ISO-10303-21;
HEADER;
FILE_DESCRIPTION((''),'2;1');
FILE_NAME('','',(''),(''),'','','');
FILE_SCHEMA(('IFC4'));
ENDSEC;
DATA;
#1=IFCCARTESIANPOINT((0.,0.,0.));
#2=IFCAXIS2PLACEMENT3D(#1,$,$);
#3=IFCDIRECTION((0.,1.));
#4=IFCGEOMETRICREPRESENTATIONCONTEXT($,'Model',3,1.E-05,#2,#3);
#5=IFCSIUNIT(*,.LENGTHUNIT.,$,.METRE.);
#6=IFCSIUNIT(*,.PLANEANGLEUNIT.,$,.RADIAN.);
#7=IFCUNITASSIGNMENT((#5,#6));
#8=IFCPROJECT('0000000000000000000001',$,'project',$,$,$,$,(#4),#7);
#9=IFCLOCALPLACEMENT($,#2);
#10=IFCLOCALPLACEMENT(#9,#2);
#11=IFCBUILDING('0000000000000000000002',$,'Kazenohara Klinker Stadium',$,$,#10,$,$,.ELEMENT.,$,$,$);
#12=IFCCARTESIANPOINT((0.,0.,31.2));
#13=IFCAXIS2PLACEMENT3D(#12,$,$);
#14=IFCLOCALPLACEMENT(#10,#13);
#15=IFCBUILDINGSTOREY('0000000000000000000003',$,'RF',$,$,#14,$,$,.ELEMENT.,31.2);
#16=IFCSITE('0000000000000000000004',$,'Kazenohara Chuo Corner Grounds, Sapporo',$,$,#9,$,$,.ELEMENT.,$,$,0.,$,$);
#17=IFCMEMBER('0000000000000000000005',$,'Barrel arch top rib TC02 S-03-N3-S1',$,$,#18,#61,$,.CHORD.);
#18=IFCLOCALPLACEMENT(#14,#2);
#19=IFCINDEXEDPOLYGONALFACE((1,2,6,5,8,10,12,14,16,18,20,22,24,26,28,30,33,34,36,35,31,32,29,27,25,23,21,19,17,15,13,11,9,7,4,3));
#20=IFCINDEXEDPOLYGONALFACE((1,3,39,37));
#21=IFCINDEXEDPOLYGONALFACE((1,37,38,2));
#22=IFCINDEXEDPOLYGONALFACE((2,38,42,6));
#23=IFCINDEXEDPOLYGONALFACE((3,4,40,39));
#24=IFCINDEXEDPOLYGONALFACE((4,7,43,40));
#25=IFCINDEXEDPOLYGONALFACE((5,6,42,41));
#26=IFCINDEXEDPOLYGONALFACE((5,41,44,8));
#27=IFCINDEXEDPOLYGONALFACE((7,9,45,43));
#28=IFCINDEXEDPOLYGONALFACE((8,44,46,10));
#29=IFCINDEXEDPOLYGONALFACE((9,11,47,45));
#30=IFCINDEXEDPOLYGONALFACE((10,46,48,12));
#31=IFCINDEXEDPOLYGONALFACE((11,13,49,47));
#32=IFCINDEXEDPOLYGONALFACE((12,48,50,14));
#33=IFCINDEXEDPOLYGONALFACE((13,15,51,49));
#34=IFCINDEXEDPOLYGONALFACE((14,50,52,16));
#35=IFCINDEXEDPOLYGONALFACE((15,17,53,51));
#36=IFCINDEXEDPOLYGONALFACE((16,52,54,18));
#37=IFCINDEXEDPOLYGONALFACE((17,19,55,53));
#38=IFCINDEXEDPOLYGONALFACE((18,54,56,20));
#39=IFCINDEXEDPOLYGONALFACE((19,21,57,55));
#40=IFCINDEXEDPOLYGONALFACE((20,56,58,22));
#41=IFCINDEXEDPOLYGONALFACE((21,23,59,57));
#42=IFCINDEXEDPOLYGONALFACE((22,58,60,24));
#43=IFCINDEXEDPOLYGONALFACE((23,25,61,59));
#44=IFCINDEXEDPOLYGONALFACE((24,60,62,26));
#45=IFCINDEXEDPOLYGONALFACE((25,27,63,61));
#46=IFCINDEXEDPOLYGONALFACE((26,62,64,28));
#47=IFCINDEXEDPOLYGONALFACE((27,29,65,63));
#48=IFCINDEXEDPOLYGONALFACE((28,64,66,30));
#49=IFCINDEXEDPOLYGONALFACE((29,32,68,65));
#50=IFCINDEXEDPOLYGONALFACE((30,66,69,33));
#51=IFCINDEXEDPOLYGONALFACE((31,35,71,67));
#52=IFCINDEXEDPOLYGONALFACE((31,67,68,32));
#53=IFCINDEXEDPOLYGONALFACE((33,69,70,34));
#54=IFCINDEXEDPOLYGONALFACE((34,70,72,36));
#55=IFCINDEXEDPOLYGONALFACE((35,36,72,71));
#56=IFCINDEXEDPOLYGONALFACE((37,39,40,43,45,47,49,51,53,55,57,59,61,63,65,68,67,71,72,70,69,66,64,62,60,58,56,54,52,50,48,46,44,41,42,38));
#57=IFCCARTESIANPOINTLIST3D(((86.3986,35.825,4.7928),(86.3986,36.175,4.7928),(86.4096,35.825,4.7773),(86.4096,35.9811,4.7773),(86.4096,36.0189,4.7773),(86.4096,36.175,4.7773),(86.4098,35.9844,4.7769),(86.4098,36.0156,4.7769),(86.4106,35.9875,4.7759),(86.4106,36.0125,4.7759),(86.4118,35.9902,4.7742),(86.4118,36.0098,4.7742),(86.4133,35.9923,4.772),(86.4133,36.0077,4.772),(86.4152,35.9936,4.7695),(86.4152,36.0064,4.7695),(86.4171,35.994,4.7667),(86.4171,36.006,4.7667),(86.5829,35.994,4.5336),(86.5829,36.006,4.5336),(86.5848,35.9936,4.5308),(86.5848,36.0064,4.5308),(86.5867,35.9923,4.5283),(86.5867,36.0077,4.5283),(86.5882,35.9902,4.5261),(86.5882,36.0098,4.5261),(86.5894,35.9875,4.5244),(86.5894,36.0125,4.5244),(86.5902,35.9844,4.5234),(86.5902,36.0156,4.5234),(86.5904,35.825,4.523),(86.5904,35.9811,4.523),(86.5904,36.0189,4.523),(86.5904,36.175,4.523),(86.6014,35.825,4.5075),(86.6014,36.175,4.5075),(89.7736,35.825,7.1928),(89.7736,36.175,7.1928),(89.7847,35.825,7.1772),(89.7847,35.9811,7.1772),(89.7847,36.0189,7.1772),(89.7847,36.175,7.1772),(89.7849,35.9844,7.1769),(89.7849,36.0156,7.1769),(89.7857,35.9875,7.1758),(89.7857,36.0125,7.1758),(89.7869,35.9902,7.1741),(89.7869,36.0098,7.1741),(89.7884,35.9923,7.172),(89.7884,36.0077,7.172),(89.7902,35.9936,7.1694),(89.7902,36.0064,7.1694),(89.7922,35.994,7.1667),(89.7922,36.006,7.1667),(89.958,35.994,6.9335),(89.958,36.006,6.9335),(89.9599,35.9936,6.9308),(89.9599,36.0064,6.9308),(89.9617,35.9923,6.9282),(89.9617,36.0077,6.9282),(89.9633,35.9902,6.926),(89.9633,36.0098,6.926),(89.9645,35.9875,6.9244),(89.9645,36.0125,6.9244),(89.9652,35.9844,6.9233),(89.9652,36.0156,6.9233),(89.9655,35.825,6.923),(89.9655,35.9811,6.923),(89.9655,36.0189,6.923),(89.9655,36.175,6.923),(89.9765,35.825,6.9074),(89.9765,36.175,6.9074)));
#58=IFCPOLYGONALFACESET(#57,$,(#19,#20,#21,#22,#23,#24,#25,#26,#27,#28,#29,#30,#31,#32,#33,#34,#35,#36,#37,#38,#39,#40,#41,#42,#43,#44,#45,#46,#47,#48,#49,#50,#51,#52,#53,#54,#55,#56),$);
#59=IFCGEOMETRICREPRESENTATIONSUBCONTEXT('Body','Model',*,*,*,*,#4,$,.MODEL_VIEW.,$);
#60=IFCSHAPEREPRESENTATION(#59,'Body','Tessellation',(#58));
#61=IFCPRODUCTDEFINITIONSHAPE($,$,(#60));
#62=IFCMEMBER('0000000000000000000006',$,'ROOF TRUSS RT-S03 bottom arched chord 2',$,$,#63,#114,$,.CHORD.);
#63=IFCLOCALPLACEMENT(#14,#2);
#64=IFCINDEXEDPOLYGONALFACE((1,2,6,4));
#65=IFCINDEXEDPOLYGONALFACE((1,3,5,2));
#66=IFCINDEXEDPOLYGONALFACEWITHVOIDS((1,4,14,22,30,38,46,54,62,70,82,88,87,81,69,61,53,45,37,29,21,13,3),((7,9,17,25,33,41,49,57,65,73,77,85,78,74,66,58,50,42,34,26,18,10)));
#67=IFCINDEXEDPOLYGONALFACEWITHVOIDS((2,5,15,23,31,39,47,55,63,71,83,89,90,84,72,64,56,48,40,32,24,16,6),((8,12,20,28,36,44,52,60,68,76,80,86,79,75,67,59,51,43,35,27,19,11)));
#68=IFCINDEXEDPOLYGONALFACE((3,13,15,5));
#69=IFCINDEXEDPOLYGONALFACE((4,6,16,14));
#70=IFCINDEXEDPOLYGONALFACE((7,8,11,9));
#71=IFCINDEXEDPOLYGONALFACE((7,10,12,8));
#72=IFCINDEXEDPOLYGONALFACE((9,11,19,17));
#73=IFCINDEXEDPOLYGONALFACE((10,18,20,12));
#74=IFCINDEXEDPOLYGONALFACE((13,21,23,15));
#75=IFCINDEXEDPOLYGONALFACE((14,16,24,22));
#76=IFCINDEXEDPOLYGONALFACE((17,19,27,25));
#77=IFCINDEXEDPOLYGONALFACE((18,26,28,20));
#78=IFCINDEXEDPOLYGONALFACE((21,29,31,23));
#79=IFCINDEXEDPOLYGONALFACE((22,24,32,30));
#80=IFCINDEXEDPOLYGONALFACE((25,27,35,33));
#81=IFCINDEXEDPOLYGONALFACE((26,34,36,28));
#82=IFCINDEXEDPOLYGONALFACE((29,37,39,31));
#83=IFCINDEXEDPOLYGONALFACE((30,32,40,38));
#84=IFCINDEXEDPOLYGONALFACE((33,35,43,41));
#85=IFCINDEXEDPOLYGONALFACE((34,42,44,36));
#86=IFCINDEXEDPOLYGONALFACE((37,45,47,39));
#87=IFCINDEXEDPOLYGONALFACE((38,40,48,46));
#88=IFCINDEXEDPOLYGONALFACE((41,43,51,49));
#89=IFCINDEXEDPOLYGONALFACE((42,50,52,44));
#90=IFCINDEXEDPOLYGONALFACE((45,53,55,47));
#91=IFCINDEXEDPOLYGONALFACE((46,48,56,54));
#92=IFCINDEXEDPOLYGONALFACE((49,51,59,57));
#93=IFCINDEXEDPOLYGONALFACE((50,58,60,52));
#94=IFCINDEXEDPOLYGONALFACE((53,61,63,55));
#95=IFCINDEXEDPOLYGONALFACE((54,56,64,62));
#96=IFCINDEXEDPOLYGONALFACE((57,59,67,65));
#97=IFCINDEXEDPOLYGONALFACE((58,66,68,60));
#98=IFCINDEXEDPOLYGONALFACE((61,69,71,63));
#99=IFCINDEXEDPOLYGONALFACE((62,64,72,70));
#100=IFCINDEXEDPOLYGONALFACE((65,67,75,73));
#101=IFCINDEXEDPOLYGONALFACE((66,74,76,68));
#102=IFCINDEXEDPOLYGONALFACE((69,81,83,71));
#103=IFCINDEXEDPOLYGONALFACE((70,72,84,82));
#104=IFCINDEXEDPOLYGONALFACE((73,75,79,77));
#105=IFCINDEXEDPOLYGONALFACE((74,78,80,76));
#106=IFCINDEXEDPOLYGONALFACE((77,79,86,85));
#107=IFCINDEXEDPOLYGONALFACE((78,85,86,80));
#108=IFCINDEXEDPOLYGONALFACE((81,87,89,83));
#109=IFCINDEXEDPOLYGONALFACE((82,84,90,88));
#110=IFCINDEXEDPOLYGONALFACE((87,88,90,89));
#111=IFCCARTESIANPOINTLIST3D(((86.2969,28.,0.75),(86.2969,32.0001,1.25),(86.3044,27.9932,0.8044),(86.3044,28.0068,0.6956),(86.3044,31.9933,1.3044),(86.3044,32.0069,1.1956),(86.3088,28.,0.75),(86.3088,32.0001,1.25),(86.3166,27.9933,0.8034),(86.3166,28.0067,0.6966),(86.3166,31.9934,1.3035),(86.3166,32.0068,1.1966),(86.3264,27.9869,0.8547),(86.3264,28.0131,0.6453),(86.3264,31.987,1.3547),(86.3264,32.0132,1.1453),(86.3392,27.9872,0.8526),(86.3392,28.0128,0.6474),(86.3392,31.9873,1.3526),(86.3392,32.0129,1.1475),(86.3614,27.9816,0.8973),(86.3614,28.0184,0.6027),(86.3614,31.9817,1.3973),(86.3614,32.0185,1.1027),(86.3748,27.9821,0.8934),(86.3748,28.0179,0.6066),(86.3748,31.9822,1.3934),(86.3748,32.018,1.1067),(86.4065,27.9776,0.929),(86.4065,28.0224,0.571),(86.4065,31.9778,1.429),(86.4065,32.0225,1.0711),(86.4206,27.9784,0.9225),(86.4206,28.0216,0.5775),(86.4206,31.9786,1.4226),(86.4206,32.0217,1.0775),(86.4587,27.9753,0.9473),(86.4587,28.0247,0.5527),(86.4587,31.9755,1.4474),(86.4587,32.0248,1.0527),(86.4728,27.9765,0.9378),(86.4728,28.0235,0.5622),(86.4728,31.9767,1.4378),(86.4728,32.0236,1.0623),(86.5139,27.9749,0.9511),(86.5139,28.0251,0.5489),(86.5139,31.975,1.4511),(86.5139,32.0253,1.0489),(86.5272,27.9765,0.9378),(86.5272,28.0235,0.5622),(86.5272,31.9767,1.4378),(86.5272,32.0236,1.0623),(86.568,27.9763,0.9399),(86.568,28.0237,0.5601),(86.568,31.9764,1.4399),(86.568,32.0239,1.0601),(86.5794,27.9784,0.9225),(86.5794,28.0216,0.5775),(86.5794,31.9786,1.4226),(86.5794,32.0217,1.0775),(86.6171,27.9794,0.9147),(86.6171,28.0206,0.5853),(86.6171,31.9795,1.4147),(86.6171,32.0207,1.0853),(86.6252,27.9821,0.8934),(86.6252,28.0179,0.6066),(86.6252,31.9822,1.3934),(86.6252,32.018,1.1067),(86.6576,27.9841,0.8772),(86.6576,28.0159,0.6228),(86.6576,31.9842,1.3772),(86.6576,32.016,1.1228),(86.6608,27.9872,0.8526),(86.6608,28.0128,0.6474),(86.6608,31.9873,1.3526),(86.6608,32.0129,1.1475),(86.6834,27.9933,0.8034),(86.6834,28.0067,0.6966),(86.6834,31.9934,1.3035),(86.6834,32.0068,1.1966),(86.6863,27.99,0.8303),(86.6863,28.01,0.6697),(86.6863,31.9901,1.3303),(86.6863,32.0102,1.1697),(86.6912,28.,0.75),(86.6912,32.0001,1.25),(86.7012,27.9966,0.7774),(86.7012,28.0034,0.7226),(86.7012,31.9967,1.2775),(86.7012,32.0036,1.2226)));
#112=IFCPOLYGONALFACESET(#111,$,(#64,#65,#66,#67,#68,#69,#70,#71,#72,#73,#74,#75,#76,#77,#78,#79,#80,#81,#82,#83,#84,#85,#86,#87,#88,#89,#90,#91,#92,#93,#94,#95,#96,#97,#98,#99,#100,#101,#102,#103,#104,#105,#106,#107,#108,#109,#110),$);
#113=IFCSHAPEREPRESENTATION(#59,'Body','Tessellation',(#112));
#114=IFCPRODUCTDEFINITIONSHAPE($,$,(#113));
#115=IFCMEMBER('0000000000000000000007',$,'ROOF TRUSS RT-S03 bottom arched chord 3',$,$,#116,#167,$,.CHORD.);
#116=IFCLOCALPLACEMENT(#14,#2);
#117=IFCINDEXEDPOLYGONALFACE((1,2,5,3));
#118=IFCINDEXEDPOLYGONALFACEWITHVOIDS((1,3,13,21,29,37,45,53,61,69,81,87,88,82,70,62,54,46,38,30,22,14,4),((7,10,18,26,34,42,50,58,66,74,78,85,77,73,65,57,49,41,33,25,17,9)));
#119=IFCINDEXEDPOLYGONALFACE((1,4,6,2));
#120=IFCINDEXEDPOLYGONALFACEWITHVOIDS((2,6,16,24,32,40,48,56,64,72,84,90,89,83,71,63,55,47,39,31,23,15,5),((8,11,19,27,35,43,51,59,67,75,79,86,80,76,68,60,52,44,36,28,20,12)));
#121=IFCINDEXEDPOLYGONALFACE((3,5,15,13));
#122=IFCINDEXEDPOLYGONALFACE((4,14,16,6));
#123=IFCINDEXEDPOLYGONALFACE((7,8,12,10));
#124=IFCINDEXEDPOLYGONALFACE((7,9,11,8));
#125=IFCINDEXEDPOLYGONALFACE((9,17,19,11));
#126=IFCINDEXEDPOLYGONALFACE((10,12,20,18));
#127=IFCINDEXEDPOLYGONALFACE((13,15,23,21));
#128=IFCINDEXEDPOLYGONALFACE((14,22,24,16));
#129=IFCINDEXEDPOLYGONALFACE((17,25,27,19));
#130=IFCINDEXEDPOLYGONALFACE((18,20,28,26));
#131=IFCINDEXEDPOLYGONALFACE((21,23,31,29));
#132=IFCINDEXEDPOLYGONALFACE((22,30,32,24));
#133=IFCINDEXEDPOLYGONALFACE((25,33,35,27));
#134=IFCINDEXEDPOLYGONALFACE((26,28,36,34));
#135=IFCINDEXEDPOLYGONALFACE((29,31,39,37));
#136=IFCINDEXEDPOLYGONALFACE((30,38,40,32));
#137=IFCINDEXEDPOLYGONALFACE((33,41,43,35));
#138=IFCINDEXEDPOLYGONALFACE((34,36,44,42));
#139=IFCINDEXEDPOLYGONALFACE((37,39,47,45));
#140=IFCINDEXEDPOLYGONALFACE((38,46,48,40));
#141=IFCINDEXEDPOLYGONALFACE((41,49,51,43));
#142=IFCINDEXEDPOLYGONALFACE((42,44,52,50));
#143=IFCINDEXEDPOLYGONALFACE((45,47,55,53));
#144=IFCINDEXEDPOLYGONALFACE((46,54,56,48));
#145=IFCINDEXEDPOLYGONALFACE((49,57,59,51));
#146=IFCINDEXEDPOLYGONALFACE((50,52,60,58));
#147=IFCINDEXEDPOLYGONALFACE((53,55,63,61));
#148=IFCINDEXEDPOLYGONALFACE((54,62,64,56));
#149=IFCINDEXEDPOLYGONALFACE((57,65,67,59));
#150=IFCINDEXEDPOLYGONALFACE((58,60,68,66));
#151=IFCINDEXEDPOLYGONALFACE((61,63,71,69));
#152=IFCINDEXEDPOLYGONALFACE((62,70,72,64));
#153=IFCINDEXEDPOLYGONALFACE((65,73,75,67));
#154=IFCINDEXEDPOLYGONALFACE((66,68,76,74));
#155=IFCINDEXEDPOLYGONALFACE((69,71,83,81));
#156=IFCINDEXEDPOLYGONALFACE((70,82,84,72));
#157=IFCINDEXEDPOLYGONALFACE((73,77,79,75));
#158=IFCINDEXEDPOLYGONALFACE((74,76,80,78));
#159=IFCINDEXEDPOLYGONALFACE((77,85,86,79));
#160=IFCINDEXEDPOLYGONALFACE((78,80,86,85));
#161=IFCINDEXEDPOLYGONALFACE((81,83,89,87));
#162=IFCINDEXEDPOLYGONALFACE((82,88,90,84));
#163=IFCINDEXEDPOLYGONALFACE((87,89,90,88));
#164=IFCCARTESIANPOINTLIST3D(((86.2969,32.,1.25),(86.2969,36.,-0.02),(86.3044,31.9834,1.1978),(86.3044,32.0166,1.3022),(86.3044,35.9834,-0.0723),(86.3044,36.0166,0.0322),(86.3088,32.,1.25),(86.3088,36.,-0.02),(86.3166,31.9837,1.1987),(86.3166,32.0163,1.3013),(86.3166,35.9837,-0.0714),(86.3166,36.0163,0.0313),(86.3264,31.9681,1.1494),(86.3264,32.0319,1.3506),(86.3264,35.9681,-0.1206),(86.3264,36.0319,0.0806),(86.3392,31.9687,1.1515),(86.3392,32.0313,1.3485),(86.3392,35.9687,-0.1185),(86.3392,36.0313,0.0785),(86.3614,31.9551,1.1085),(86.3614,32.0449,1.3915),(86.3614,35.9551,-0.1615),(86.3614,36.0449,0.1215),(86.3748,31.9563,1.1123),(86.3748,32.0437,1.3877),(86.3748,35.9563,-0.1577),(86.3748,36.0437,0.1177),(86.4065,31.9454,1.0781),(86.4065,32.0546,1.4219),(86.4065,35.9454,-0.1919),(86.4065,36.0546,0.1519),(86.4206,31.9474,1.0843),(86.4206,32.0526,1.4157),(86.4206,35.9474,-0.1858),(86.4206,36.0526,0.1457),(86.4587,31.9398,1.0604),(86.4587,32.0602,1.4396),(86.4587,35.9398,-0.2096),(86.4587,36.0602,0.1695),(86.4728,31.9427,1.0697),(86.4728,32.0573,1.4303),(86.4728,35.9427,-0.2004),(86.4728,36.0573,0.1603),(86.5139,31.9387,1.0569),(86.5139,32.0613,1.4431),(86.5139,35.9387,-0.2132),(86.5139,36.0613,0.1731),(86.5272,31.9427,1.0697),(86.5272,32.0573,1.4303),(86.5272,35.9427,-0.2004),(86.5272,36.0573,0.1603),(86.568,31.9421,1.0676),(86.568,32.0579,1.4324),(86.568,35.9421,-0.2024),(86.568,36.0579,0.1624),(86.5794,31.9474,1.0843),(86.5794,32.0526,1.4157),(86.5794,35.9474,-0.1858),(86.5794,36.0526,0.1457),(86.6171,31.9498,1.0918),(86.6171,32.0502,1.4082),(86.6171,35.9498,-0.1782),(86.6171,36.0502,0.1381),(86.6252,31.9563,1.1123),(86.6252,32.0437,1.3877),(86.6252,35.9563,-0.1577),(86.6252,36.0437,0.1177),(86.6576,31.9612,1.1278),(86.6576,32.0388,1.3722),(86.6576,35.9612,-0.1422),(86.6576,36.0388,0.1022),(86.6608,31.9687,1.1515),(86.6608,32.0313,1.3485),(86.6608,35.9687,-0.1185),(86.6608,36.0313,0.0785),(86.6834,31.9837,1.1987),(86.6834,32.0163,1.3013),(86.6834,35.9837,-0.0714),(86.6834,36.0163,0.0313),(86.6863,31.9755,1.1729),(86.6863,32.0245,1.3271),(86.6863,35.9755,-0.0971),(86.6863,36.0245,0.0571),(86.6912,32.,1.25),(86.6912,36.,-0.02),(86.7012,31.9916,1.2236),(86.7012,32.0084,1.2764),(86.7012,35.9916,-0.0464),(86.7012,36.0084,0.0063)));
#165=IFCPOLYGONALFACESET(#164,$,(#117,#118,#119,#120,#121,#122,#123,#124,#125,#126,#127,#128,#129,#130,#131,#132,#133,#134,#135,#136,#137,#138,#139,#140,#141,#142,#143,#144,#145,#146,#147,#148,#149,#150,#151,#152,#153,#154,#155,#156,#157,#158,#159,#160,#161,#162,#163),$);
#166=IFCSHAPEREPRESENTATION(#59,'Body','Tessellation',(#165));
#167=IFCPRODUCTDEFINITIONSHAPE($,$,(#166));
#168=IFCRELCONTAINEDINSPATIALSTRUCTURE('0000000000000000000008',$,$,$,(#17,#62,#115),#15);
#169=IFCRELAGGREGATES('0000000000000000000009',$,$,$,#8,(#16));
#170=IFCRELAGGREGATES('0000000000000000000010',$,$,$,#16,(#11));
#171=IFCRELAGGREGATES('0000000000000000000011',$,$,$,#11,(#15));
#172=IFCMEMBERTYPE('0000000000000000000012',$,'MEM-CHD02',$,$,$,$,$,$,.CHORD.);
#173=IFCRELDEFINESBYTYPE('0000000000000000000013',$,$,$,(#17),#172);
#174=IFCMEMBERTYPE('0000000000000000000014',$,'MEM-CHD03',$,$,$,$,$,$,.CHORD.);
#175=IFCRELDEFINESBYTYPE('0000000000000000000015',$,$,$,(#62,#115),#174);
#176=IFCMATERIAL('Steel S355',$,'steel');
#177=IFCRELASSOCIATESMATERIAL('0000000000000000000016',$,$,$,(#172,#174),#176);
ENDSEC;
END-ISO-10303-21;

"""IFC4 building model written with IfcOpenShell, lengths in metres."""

from ifc_helpers import new_model, si_unit, direction, frame, origin, origin_2d, place, context, subcontext, project, spatial, hollow_circle, i_section, extrude, material, material_profile, profile_set, type_object, element, save


model = new_model("IFC4")

# Units and contexts
model_context = context("Model", 3, precision=1e-05, world=origin(), true_north=direction((0.0, 1.0)))
body_context = subcontext(model_context, "Body", "Model", "MODEL_VIEW")
ifc_project = project(units=[si_unit("LENGTHUNIT", "METRE"), si_unit("PLANEANGLEUNIT", "RADIAN")], contexts=[model_context])

# Site, building, storey
site_placement = place(None, origin())
site = spatial("IfcSite", under=ifc_project, at=site_placement, Name="Kazenohara Chuo Corner Grounds, Sapporo", CompositionType="ELEMENT", RefElevation=0.0)
building_placement = place(site_placement, origin())
building = spatial("IfcBuilding", under=site, at=building_placement, Name="Kazenohara Klinker Stadium", CompositionType="ELEMENT")
storey_placement = place(building_placement, frame((0.0, 0.0, 31.2)))
storey = spatial("IfcBuildingStorey", under=building, at=storey_placement, Name="RF", CompositionType="ELEMENT", Elevation=31.2)

# Members
ifc_material_1 = material(Name="Steel S355", Category="steel")
ifc_material_profile_1 = material_profile(ifc_material_1, i_section(OverallWidth=0.3501, OverallDepth=0.3501, WebThickness=0.012, FlangeThickness=0.019, FilletRadius=0.0129, at=origin_2d()), Name="H-350x350x12x19")
ifc_profile_set_1 = profile_set([ifc_material_profile_1], Name="Steel S355")
member_type_1 = type_object("IfcMemberType", Name="MEM-CHD02", PredefinedType="CHORD", material=ifc_profile_set_1)
member_1_placement = place(storey_placement, frame((86.5, 36.0, 4.6501), z_axis=(0.814966, 0.0, 0.579508), x_axis=(0.0, 1.0, 0.0)))
element("IfcMember", 1, at=member_1_placement, inside=storey, type_object=member_type_1, Name="Barrel arch top rib TC02 S-03-N3-S1", PredefinedType="CHORD", context=body_context, shape_type="SweptSolid", body=[
    extrude(i_section(OverallWidth=0.3501, OverallDepth=0.3501, WebThickness=0.012, FlangeThickness=0.019, FilletRadius=0.0129, at=origin_2d()), origin(), (0.0, 0.0, 1.0), 4.1414),
])
ifc_material_profile_2 = material_profile(ifc_material_1, hollow_circle(Radius=0.2031, WallThickness=0.012, at=origin_2d()), Name="CHS-406.4x12")
ifc_profile_set_2 = profile_set([ifc_material_profile_2], Name="Steel S355")
member_type_2 = type_object("IfcMemberType", Name="MEM-CHD03", PredefinedType="CHORD", material=ifc_profile_set_2)
member_2_placement = place(storey_placement, frame((86.5, 28.0, 0.75), z_axis=(0.0, 0.992278, 0.124035), x_axis=(-1.0, 0.0, 0.0)))
element("IfcMember", 2, at=member_2_placement, inside=storey, type_object=member_type_2, Name="ROOF TRUSS RT-S03 bottom arched chord 2", PredefinedType="CHORD", context=body_context, shape_type="SweptSolid", body=[
    extrude(hollow_circle(Radius=0.2031, WallThickness=0.012, at=origin_2d()), origin(), (0.0, 0.0, 1.0), 4.0312),
])
member_3_placement = place(storey_placement, frame((86.5, 32.0, 1.25), z_axis=(0.0, 0.953112, -0.302618), x_axis=(-1.0, 0.0, 0.0)))
element("IfcMember", 3, at=member_3_placement, inside=storey, type_object=member_type_2, Name="ROOF TRUSS RT-S03 bottom arched chord 3", PredefinedType="CHORD", context=body_context, shape_type="SweptSolid", body=[
    extrude(hollow_circle(Radius=0.2031, WallThickness=0.012, at=origin_2d()), origin(), (0.0, 0.0, 1.0), 4.1968),
])

save(model, "model.ifc")
